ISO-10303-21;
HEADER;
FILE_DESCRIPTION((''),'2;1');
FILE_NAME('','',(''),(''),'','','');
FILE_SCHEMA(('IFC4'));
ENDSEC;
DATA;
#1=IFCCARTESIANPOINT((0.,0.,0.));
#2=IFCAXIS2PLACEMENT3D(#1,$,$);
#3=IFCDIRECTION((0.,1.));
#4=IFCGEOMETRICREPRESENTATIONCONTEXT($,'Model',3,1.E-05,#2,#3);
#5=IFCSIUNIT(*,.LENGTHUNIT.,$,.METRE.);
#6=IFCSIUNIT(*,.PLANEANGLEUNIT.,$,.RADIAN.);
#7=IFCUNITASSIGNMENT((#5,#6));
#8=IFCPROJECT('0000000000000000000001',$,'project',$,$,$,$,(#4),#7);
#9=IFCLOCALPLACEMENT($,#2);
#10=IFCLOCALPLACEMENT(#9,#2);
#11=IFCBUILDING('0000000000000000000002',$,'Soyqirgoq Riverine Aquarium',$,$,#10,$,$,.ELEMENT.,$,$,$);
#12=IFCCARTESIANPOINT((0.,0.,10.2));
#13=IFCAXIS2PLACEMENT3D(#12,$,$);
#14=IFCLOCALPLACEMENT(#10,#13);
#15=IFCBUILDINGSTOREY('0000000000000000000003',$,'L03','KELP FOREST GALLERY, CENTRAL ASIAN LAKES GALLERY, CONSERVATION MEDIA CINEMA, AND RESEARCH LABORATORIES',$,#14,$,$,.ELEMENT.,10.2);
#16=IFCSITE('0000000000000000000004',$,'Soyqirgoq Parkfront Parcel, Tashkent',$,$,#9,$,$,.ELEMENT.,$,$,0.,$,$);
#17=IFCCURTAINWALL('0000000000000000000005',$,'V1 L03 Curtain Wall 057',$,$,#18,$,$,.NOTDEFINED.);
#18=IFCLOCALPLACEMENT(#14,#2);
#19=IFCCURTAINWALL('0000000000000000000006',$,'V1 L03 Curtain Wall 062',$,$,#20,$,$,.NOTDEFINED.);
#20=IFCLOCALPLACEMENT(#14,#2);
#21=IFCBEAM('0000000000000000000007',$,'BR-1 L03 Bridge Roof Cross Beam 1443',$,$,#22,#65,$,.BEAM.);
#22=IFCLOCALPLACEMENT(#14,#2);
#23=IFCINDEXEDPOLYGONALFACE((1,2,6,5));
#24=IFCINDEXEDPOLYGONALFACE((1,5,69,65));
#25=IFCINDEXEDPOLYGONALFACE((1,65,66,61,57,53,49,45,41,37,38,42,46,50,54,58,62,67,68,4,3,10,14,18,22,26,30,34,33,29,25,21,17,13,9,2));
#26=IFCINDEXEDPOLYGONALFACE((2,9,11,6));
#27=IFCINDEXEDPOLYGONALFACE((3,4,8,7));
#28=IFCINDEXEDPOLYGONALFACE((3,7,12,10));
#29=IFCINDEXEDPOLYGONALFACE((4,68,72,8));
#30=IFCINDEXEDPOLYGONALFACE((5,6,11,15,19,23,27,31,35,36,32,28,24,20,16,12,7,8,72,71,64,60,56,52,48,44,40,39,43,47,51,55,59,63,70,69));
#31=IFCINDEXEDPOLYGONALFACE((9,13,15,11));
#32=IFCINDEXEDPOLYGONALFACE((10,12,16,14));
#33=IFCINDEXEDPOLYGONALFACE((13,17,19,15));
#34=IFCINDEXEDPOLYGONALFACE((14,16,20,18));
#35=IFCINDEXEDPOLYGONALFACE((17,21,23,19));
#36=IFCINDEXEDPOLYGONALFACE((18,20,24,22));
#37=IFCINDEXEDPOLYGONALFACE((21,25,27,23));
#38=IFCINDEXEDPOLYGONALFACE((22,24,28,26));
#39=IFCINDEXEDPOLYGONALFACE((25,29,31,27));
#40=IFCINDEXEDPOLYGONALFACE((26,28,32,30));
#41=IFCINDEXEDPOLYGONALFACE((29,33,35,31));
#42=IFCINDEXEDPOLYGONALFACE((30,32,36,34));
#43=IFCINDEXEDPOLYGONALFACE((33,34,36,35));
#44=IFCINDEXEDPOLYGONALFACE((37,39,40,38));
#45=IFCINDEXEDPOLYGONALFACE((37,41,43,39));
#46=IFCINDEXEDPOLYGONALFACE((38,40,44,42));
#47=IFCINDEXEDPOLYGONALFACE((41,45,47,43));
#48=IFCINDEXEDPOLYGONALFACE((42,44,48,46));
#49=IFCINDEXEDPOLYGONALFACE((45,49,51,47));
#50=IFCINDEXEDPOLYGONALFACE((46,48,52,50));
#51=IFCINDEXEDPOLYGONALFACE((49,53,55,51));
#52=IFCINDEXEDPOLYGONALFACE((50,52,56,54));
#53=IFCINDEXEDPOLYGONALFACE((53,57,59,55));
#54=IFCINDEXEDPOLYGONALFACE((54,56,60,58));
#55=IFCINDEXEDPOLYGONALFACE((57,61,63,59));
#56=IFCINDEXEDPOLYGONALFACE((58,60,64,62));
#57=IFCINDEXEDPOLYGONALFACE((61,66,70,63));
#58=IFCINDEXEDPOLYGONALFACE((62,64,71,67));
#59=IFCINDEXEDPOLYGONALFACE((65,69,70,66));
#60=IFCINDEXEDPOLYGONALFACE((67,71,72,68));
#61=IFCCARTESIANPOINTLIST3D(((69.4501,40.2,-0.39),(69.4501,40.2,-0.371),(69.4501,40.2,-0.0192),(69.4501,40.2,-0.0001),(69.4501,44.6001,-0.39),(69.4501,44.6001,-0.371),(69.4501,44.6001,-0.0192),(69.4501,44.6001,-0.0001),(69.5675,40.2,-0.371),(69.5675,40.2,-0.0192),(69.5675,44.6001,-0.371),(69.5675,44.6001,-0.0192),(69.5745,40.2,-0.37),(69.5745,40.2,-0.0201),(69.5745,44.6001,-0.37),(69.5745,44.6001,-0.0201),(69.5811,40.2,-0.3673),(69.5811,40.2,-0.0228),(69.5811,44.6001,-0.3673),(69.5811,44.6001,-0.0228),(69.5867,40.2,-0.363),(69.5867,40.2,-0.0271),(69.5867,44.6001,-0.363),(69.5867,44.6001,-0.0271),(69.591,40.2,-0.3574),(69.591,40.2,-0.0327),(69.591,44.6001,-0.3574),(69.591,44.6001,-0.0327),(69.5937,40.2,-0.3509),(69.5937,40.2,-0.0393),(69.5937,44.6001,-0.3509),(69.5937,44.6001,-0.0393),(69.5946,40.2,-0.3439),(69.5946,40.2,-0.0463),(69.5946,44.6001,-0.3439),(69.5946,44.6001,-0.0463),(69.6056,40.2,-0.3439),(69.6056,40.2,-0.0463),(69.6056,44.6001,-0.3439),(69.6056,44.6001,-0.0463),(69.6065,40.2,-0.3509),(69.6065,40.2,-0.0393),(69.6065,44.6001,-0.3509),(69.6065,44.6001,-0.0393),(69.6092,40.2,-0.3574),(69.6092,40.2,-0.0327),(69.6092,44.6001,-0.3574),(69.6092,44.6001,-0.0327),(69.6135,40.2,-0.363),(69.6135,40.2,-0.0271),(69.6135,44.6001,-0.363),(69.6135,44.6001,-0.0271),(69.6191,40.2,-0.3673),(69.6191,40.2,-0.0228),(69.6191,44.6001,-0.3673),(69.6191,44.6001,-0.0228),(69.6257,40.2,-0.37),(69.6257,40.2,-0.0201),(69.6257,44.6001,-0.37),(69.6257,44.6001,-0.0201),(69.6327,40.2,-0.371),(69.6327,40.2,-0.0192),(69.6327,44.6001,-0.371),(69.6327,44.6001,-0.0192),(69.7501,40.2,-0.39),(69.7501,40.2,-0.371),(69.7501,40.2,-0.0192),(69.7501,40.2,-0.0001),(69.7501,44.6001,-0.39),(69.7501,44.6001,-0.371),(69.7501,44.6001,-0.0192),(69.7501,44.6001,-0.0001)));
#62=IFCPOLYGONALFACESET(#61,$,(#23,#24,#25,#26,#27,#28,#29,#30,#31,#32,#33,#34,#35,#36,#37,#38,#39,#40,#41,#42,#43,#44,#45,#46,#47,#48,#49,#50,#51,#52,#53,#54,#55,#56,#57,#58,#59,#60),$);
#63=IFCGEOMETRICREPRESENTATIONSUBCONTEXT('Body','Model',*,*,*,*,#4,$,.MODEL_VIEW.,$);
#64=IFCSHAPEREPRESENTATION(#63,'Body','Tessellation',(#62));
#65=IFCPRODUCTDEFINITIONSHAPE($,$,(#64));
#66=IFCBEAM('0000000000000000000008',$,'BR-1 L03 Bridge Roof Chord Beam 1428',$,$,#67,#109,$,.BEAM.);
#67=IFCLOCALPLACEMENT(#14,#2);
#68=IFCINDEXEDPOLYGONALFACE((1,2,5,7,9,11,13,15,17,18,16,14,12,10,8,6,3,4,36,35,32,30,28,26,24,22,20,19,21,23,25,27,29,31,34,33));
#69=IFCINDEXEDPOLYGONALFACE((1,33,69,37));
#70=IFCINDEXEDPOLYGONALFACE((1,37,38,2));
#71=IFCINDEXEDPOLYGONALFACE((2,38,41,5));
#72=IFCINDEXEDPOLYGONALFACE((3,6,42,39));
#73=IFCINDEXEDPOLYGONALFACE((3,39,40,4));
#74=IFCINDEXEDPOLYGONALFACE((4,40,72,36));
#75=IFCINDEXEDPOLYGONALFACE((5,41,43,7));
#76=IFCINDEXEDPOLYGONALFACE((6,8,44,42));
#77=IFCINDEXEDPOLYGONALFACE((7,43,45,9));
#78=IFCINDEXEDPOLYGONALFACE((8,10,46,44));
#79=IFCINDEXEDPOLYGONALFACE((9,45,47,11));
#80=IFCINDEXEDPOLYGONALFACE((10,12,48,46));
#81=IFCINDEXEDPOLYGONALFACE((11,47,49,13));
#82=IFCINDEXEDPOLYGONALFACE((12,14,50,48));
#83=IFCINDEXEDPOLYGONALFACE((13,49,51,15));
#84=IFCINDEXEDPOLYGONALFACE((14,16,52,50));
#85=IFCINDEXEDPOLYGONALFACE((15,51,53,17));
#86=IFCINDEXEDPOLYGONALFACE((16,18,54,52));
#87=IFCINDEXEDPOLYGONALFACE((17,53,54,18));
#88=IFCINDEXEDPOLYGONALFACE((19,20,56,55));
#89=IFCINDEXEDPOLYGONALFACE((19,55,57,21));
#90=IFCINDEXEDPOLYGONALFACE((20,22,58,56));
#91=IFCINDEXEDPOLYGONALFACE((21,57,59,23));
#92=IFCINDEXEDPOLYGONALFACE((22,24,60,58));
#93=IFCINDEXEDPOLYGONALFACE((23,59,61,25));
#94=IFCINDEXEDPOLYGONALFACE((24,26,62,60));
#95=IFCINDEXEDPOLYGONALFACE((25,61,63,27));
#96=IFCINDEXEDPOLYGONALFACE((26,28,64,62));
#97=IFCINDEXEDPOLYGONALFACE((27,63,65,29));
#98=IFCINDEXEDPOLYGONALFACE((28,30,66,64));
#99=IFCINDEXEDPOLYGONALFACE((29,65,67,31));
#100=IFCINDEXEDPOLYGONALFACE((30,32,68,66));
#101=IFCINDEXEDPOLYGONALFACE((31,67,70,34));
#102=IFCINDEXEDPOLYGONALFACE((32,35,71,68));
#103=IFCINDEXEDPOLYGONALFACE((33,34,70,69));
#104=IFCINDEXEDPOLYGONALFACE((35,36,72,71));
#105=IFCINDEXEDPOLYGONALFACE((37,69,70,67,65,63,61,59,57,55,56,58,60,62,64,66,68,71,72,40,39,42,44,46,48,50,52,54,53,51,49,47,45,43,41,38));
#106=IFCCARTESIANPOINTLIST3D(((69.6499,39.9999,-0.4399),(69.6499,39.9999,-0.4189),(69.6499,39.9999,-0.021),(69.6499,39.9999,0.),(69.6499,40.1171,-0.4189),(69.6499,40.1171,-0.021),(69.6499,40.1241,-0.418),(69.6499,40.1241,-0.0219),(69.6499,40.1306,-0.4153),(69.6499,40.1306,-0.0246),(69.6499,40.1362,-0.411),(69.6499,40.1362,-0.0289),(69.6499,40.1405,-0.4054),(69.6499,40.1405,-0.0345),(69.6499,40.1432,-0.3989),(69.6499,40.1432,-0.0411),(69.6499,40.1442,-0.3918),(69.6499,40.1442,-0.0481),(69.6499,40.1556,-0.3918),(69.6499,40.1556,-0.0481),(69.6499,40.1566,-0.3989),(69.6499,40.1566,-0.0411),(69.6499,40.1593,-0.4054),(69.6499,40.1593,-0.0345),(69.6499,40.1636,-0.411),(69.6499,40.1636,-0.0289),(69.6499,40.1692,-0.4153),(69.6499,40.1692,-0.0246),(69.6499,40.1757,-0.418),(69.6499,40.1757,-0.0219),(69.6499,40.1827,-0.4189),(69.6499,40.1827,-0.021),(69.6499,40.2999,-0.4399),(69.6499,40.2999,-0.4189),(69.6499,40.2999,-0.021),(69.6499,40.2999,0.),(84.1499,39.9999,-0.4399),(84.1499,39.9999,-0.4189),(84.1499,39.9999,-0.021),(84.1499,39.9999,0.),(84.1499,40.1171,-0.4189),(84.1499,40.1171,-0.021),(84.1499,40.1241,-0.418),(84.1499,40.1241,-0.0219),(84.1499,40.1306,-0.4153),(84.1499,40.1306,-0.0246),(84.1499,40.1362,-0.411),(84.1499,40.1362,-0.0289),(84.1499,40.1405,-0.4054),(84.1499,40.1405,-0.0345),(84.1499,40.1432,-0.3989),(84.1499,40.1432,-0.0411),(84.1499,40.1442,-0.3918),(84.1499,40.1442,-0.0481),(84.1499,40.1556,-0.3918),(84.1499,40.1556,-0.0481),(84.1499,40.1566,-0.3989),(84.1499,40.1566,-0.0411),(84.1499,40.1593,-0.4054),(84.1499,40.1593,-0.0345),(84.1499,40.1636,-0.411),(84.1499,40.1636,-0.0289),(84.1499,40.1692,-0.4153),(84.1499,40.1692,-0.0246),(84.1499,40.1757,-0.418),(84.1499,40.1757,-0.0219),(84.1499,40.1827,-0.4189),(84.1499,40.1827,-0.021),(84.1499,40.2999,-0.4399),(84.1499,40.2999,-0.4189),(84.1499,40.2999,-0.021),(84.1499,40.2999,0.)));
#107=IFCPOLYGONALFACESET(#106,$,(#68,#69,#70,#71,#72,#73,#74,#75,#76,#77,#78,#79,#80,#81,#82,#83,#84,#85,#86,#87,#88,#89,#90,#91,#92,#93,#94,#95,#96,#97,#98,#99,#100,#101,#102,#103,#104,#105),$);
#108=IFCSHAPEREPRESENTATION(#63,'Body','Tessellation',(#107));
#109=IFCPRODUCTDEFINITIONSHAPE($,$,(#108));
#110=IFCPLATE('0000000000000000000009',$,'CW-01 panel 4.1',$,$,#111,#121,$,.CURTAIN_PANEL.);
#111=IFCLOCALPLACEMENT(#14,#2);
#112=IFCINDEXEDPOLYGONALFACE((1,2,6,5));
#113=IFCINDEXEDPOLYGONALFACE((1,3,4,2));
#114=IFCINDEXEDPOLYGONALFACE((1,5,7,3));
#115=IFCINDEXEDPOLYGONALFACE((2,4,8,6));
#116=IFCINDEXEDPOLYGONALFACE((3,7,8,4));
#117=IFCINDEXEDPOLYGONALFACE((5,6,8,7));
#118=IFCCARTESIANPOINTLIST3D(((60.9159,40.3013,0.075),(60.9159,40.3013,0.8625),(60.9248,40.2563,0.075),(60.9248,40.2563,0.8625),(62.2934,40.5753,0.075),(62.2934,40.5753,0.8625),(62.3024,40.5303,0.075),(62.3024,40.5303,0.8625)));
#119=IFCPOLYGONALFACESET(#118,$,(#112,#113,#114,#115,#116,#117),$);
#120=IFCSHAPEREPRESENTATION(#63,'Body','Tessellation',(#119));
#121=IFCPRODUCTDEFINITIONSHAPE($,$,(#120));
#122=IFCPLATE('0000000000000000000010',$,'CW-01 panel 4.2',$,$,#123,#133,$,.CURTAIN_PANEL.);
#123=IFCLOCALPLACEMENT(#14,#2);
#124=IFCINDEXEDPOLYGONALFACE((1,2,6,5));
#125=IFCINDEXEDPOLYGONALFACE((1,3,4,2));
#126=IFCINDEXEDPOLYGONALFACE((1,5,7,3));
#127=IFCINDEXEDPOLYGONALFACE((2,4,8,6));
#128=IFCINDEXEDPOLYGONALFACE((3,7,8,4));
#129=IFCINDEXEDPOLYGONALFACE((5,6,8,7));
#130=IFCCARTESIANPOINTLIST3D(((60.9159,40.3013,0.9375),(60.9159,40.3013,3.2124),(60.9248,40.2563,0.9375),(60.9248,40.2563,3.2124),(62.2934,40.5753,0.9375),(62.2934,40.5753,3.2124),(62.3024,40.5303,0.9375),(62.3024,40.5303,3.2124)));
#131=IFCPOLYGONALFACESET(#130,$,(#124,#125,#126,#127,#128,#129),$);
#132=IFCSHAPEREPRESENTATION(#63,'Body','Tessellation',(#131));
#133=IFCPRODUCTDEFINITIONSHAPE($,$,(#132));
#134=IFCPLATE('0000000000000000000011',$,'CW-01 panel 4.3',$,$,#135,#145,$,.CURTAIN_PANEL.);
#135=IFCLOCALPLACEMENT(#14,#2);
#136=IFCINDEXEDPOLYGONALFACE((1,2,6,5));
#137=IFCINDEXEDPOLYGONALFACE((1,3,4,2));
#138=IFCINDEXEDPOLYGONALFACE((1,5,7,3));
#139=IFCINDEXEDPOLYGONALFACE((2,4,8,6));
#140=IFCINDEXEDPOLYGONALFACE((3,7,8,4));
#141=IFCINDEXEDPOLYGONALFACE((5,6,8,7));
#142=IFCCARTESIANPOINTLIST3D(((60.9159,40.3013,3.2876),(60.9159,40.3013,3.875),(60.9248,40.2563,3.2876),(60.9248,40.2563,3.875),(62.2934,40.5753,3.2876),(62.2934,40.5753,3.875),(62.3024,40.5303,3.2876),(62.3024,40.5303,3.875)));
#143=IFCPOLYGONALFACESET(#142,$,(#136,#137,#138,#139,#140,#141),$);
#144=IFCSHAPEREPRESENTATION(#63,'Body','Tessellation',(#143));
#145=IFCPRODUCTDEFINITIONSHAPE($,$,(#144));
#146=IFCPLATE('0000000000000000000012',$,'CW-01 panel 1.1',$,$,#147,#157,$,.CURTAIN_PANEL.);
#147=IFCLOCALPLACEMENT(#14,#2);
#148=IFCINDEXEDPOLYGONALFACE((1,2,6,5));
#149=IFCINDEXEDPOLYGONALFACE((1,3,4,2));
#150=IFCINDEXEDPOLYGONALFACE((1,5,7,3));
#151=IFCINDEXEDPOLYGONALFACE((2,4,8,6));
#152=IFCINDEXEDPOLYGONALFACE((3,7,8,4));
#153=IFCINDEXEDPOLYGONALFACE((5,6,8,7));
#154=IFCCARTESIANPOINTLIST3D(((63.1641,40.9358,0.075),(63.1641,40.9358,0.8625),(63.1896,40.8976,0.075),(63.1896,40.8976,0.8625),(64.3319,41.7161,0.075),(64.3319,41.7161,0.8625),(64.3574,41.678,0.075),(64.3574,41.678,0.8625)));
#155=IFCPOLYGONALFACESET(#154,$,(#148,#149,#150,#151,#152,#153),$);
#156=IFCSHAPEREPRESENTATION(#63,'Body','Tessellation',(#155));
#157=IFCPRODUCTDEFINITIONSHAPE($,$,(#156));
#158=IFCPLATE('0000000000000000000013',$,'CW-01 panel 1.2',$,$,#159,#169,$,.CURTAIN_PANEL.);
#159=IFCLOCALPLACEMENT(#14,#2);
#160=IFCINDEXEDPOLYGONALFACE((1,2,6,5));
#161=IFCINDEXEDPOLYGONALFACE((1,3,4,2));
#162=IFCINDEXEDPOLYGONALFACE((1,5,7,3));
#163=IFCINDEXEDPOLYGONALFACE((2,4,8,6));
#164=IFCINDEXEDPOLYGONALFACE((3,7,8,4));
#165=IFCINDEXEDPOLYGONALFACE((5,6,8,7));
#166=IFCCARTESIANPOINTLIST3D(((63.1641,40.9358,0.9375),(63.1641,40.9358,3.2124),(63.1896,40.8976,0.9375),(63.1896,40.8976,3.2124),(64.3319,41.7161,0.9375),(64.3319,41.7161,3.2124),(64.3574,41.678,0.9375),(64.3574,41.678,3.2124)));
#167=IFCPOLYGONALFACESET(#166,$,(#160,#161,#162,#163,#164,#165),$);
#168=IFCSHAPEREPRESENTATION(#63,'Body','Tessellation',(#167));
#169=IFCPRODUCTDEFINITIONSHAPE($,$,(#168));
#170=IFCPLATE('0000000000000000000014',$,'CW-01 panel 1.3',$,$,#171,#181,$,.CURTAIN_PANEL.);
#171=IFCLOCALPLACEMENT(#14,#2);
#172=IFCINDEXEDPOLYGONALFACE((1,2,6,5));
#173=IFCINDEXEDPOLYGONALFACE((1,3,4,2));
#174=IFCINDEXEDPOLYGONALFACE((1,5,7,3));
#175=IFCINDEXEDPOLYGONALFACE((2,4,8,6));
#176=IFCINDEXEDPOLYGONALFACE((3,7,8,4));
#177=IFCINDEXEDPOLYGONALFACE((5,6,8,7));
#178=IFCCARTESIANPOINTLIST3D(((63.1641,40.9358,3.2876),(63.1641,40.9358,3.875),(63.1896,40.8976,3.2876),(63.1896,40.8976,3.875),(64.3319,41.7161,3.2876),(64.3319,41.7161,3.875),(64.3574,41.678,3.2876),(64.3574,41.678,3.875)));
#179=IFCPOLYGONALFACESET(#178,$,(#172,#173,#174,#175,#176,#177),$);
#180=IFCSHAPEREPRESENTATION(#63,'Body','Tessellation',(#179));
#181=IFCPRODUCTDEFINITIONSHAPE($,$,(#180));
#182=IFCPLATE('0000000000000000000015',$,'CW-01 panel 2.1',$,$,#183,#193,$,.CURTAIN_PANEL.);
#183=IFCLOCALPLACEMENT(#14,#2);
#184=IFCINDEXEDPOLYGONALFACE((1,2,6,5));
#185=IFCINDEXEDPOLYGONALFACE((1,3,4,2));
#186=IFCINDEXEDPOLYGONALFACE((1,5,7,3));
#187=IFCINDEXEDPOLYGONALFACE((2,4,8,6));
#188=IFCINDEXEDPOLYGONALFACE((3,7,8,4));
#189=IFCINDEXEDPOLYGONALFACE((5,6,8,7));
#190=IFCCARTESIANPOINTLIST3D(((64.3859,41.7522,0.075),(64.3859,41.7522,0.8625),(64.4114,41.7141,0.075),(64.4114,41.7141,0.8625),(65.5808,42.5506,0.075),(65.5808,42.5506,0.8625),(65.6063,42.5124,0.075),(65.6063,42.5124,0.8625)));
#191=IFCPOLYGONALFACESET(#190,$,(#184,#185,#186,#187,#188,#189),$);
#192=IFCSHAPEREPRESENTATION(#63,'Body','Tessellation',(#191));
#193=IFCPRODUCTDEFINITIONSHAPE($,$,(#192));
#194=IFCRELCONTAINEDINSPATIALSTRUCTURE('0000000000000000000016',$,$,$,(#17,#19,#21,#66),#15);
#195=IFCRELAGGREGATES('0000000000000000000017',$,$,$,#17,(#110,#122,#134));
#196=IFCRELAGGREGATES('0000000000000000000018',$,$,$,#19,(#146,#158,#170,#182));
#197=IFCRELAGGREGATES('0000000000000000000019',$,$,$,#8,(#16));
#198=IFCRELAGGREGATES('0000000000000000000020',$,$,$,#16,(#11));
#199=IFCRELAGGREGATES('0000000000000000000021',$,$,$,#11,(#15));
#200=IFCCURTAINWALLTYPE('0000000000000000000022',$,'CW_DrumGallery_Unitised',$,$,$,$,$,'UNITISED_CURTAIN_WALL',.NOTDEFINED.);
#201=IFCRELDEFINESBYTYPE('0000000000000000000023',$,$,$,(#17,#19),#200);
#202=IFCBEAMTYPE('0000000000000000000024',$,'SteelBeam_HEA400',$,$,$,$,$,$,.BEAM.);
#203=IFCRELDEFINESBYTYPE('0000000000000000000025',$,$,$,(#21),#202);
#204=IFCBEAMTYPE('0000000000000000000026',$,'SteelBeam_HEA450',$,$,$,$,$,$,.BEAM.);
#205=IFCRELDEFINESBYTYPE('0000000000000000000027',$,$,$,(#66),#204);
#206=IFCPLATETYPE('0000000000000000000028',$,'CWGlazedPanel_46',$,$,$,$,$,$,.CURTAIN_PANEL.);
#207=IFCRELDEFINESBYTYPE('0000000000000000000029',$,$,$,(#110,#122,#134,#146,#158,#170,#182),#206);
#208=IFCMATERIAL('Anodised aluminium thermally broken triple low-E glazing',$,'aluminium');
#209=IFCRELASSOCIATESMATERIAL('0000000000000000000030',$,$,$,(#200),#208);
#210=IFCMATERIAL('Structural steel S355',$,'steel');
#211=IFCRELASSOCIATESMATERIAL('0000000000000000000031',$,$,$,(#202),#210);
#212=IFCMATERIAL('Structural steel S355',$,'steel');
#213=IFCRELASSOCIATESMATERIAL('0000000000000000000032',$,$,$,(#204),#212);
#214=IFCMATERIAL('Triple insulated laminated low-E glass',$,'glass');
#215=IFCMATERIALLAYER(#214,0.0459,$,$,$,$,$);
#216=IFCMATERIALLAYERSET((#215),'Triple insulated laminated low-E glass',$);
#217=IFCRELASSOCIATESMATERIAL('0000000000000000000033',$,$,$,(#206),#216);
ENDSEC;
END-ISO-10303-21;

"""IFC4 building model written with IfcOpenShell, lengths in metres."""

from ifc_helpers import new_model, si_unit, direction, frame, origin, origin_2d, place, context, subcontext, project, spatial, rectangle, i_section, extrude, material, layer, layer_set, material_profile, profile_set, type_object, element, aggregate, save


model = new_model("IFC4")

# Units and contexts
model_context = context("Model", 3, precision=1e-05, world=origin(), true_north=direction((0.0, 1.0)))
body_context = subcontext(model_context, "Body", "Model", "MODEL_VIEW")
ifc_project = project(units=[si_unit("LENGTHUNIT", "METRE"), si_unit("PLANEANGLEUNIT", "RADIAN")], contexts=[model_context])

# Site, building, storey
site_placement = place(None, origin())
site = spatial("IfcSite", under=ifc_project, at=site_placement, Name="Soyqirgoq Parkfront Parcel, Tashkent", CompositionType="ELEMENT", RefElevation=0.0)
building_placement = place(site_placement, origin())
building = spatial("IfcBuilding", under=site, at=building_placement, Name="Soyqirgoq Riverine Aquarium", CompositionType="ELEMENT")
storey_placement = place(building_placement, frame((0.0, 0.0, 10.2)))
storey = spatial("IfcBuildingStorey", under=building, at=storey_placement, Name="L03", Description="KELP FOREST GALLERY, CENTRAL ASIAN LAKES GALLERY, CONSERVATION MEDIA CINEMA, AND RESEARCH LABORATORIES", CompositionType="ELEMENT", Elevation=10.2)

# Curtain wall
ifc_material_1 = material(Name="Anodised aluminium thermally broken triple low-E glazing", Category="aluminium")
curtain_wall_type = type_object("IfcCurtainWallType", Name="CW_DrumGallery_Unitised", ElementType="UNITISED_CURTAIN_WALL", PredefinedType="NOTDEFINED", material=ifc_material_1)
curtain_wall_1_placement = place(storey_placement, origin())
curtain_wall_1 = element("IfcCurtainWall", 1, at=curtain_wall_1_placement, inside=storey, type_object=curtain_wall_type, Name="V1 L03 Curtain Wall 057", PredefinedType="NOTDEFINED")

# Curtain wall
curtain_wall_2_placement = place(storey_placement, origin())
curtain_wall_2 = element("IfcCurtainWall", 2, at=curtain_wall_2_placement, inside=storey, type_object=curtain_wall_type, Name="V1 L03 Curtain Wall 062", PredefinedType="NOTDEFINED")

# Beams
ifc_material_2 = material(Name="Structural steel S355", Category="steel")
ifc_material_profile_1 = material_profile(ifc_material_2, i_section(OverallWidth=0.3, OverallDepth=0.3899, WebThickness=0.011, FlangeThickness=0.019, FilletRadius=0.0271, at=origin_2d()), Name="HEA 400")
ifc_profile_set_1 = profile_set([ifc_material_profile_1], Name="Structural steel S355")
beam_type_1 = type_object("IfcBeamType", Name="SteelBeam_HEA400", PredefinedType="BEAM", material=ifc_profile_set_1)
beam_1_placement = place(storey_placement, frame((69.6001, 40.2, -0.1951), z_axis=(0.0, 1.0, 0.0), x_axis=(-1.0, 0.0, 0.0)))
element("IfcBeam", 3, at=beam_1_placement, inside=storey, type_object=beam_type_1, Name="BR-1 L03 Bridge Roof Cross Beam 1443", PredefinedType="BEAM", context=body_context, shape_type="SweptSolid", body=[
    extrude(i_section(OverallWidth=0.3, OverallDepth=0.3899, WebThickness=0.011, FlangeThickness=0.019, FilletRadius=0.0271, at=origin_2d()), origin(), (0.0, 0.0, 1.0), 4.4001),
])
ifc_material_3 = material(Name="Structural steel S355", Category="steel")
ifc_material_profile_2 = material_profile(ifc_material_3, i_section(OverallWidth=0.3, OverallDepth=0.4399, WebThickness=0.0115, FlangeThickness=0.021, FilletRadius=0.0271, at=origin_2d()), Name="HEA 450")
ifc_profile_set_2 = profile_set([ifc_material_profile_2], Name="Structural steel S355")
beam_type_2 = type_object("IfcBeamType", Name="SteelBeam_HEA450", PredefinedType="BEAM", material=ifc_profile_set_2)
beam_2_placement = place(storey_placement, frame((69.6499, 40.1499, -0.22), z_axis=(1.0, 0.0, 0.0), x_axis=(0.0, 1.0, 0.0)))
element("IfcBeam", 4, at=beam_2_placement, inside=storey, type_object=beam_type_2, Name="BR-1 L03 Bridge Roof Chord Beam 1428", PredefinedType="BEAM", context=body_context, shape_type="SweptSolid", body=[
    extrude(i_section(OverallWidth=0.3, OverallDepth=0.4399, WebThickness=0.0115, FlangeThickness=0.021, FilletRadius=0.0271, at=origin_2d()), origin(), (0.0, 0.0, 1.0), 14.5),
])

# Plates
ifc_material_4 = material(Name="Triple insulated laminated low-E glass", Category="glass")
ifc_layer_1 = layer(ifc_material_4, 0.0459)
ifc_layer_set_1 = layer_set([ifc_layer_1], Name="Triple insulated laminated low-E glass")
plate_type_1 = type_object("IfcPlateType", Name="CWGlazedPanel_46", PredefinedType="CURTAIN_PANEL", material=ifc_layer_set_1)
plate_1_placement = place(storey_placement, frame((61.6091, 40.4158, 0.075), z_axis=(0.0, 0.0, 1.0), x_axis=(0.980784, 0.195095, 0.0)))
plate_1 = element("IfcPlate", 5, at=plate_1_placement, type_object=plate_type_1, Name="CW-01 panel 4.1", PredefinedType="CURTAIN_PANEL", context=body_context, shape_type="SweptSolid", body=[
    extrude(rectangle(XDim=1.4045, YDim=0.0459, at=origin_2d()), origin(), (0.0, 0.0, 1.0), 0.7876),
])
plate_2_placement = place(storey_placement, frame((61.6091, 40.4158, 0.9375), z_axis=(0.0, 0.0, 1.0), x_axis=(0.980784, 0.195095, 0.0)))
plate_2 = element("IfcPlate", 6, at=plate_2_placement, type_object=plate_type_1, Name="CW-01 panel 4.2", PredefinedType="CURTAIN_PANEL", context=body_context, shape_type="SweptSolid", body=[
    extrude(rectangle(XDim=1.4045, YDim=0.0459, at=origin_2d()), origin(), (0.0, 0.0, 1.0), 2.2749),
])
plate_3_placement = place(storey_placement, frame((61.6091, 40.4158, 3.2876), z_axis=(0.0, 0.0, 1.0), x_axis=(0.980784, 0.195095, 0.0)))
plate_3 = element("IfcPlate", 7, at=plate_3_placement, type_object=plate_type_1, Name="CW-01 panel 4.3", PredefinedType="CURTAIN_PANEL", context=body_context, shape_type="SweptSolid", body=[
    extrude(rectangle(XDim=1.4045, YDim=0.0459, at=origin_2d()), origin(), (0.0, 0.0, 1.0), 0.5874),
])
aggregate(curtain_wall_1, [plate_1, plate_2, plate_3])
plate_4_placement = place(storey_placement, frame((63.7607, 41.3069, 0.075), z_axis=(0.0, 0.0, 1.0), x_axis=(0.831469, 0.555572, 0.0)))
plate_4 = element("IfcPlate", 8, at=plate_4_placement, type_object=plate_type_1, Name="CW-01 panel 1.1", PredefinedType="CURTAIN_PANEL", context=body_context, shape_type="SweptSolid", body=[
    extrude(rectangle(XDim=1.4045, YDim=0.0459, at=origin_2d()), origin(), (0.0, 0.0, 1.0), 0.7876),
])
plate_5_placement = place(storey_placement, frame((63.7607, 41.3069, 0.9375), z_axis=(0.0, 0.0, 1.0), x_axis=(0.831469, 0.555572, 0.0)))
plate_5 = element("IfcPlate", 9, at=plate_5_placement, type_object=plate_type_1, Name="CW-01 panel 1.2", PredefinedType="CURTAIN_PANEL", context=body_context, shape_type="SweptSolid", body=[
    extrude(rectangle(XDim=1.4045, YDim=0.0459, at=origin_2d()), origin(), (0.0, 0.0, 1.0), 2.2749),
])
plate_6_placement = place(storey_placement, frame((63.7607, 41.3069, 3.2876), z_axis=(0.0, 0.0, 1.0), x_axis=(0.831469, 0.555572, 0.0)))
plate_6 = element("IfcPlate", 10, at=plate_6_placement, type_object=plate_type_1, Name="CW-01 panel 1.3", PredefinedType="CURTAIN_PANEL", context=body_context, shape_type="SweptSolid", body=[
    extrude(rectangle(XDim=1.4045, YDim=0.0459, at=origin_2d()), origin(), (0.0, 0.0, 1.0), 0.5874),
])
plate_7_placement = place(storey_placement, frame((64.9961, 42.1323, 0.075), z_axis=(0.0, 0.0, 1.0), x_axis=(0.831469, 0.555572, 0.0)))
plate_7 = element("IfcPlate", 11, at=plate_7_placement, type_object=plate_type_1, Name="CW-01 panel 2.1", PredefinedType="CURTAIN_PANEL", context=body_context, shape_type="SweptSolid", body=[
    extrude(rectangle(XDim=1.437, YDim=0.0459, at=origin_2d()), origin(), (0.0, 0.0, 1.0), 0.7876),
])
aggregate(curtain_wall_2, [plate_4, plate_5, plate_6, plate_7])

save(model, "model.ifc")
